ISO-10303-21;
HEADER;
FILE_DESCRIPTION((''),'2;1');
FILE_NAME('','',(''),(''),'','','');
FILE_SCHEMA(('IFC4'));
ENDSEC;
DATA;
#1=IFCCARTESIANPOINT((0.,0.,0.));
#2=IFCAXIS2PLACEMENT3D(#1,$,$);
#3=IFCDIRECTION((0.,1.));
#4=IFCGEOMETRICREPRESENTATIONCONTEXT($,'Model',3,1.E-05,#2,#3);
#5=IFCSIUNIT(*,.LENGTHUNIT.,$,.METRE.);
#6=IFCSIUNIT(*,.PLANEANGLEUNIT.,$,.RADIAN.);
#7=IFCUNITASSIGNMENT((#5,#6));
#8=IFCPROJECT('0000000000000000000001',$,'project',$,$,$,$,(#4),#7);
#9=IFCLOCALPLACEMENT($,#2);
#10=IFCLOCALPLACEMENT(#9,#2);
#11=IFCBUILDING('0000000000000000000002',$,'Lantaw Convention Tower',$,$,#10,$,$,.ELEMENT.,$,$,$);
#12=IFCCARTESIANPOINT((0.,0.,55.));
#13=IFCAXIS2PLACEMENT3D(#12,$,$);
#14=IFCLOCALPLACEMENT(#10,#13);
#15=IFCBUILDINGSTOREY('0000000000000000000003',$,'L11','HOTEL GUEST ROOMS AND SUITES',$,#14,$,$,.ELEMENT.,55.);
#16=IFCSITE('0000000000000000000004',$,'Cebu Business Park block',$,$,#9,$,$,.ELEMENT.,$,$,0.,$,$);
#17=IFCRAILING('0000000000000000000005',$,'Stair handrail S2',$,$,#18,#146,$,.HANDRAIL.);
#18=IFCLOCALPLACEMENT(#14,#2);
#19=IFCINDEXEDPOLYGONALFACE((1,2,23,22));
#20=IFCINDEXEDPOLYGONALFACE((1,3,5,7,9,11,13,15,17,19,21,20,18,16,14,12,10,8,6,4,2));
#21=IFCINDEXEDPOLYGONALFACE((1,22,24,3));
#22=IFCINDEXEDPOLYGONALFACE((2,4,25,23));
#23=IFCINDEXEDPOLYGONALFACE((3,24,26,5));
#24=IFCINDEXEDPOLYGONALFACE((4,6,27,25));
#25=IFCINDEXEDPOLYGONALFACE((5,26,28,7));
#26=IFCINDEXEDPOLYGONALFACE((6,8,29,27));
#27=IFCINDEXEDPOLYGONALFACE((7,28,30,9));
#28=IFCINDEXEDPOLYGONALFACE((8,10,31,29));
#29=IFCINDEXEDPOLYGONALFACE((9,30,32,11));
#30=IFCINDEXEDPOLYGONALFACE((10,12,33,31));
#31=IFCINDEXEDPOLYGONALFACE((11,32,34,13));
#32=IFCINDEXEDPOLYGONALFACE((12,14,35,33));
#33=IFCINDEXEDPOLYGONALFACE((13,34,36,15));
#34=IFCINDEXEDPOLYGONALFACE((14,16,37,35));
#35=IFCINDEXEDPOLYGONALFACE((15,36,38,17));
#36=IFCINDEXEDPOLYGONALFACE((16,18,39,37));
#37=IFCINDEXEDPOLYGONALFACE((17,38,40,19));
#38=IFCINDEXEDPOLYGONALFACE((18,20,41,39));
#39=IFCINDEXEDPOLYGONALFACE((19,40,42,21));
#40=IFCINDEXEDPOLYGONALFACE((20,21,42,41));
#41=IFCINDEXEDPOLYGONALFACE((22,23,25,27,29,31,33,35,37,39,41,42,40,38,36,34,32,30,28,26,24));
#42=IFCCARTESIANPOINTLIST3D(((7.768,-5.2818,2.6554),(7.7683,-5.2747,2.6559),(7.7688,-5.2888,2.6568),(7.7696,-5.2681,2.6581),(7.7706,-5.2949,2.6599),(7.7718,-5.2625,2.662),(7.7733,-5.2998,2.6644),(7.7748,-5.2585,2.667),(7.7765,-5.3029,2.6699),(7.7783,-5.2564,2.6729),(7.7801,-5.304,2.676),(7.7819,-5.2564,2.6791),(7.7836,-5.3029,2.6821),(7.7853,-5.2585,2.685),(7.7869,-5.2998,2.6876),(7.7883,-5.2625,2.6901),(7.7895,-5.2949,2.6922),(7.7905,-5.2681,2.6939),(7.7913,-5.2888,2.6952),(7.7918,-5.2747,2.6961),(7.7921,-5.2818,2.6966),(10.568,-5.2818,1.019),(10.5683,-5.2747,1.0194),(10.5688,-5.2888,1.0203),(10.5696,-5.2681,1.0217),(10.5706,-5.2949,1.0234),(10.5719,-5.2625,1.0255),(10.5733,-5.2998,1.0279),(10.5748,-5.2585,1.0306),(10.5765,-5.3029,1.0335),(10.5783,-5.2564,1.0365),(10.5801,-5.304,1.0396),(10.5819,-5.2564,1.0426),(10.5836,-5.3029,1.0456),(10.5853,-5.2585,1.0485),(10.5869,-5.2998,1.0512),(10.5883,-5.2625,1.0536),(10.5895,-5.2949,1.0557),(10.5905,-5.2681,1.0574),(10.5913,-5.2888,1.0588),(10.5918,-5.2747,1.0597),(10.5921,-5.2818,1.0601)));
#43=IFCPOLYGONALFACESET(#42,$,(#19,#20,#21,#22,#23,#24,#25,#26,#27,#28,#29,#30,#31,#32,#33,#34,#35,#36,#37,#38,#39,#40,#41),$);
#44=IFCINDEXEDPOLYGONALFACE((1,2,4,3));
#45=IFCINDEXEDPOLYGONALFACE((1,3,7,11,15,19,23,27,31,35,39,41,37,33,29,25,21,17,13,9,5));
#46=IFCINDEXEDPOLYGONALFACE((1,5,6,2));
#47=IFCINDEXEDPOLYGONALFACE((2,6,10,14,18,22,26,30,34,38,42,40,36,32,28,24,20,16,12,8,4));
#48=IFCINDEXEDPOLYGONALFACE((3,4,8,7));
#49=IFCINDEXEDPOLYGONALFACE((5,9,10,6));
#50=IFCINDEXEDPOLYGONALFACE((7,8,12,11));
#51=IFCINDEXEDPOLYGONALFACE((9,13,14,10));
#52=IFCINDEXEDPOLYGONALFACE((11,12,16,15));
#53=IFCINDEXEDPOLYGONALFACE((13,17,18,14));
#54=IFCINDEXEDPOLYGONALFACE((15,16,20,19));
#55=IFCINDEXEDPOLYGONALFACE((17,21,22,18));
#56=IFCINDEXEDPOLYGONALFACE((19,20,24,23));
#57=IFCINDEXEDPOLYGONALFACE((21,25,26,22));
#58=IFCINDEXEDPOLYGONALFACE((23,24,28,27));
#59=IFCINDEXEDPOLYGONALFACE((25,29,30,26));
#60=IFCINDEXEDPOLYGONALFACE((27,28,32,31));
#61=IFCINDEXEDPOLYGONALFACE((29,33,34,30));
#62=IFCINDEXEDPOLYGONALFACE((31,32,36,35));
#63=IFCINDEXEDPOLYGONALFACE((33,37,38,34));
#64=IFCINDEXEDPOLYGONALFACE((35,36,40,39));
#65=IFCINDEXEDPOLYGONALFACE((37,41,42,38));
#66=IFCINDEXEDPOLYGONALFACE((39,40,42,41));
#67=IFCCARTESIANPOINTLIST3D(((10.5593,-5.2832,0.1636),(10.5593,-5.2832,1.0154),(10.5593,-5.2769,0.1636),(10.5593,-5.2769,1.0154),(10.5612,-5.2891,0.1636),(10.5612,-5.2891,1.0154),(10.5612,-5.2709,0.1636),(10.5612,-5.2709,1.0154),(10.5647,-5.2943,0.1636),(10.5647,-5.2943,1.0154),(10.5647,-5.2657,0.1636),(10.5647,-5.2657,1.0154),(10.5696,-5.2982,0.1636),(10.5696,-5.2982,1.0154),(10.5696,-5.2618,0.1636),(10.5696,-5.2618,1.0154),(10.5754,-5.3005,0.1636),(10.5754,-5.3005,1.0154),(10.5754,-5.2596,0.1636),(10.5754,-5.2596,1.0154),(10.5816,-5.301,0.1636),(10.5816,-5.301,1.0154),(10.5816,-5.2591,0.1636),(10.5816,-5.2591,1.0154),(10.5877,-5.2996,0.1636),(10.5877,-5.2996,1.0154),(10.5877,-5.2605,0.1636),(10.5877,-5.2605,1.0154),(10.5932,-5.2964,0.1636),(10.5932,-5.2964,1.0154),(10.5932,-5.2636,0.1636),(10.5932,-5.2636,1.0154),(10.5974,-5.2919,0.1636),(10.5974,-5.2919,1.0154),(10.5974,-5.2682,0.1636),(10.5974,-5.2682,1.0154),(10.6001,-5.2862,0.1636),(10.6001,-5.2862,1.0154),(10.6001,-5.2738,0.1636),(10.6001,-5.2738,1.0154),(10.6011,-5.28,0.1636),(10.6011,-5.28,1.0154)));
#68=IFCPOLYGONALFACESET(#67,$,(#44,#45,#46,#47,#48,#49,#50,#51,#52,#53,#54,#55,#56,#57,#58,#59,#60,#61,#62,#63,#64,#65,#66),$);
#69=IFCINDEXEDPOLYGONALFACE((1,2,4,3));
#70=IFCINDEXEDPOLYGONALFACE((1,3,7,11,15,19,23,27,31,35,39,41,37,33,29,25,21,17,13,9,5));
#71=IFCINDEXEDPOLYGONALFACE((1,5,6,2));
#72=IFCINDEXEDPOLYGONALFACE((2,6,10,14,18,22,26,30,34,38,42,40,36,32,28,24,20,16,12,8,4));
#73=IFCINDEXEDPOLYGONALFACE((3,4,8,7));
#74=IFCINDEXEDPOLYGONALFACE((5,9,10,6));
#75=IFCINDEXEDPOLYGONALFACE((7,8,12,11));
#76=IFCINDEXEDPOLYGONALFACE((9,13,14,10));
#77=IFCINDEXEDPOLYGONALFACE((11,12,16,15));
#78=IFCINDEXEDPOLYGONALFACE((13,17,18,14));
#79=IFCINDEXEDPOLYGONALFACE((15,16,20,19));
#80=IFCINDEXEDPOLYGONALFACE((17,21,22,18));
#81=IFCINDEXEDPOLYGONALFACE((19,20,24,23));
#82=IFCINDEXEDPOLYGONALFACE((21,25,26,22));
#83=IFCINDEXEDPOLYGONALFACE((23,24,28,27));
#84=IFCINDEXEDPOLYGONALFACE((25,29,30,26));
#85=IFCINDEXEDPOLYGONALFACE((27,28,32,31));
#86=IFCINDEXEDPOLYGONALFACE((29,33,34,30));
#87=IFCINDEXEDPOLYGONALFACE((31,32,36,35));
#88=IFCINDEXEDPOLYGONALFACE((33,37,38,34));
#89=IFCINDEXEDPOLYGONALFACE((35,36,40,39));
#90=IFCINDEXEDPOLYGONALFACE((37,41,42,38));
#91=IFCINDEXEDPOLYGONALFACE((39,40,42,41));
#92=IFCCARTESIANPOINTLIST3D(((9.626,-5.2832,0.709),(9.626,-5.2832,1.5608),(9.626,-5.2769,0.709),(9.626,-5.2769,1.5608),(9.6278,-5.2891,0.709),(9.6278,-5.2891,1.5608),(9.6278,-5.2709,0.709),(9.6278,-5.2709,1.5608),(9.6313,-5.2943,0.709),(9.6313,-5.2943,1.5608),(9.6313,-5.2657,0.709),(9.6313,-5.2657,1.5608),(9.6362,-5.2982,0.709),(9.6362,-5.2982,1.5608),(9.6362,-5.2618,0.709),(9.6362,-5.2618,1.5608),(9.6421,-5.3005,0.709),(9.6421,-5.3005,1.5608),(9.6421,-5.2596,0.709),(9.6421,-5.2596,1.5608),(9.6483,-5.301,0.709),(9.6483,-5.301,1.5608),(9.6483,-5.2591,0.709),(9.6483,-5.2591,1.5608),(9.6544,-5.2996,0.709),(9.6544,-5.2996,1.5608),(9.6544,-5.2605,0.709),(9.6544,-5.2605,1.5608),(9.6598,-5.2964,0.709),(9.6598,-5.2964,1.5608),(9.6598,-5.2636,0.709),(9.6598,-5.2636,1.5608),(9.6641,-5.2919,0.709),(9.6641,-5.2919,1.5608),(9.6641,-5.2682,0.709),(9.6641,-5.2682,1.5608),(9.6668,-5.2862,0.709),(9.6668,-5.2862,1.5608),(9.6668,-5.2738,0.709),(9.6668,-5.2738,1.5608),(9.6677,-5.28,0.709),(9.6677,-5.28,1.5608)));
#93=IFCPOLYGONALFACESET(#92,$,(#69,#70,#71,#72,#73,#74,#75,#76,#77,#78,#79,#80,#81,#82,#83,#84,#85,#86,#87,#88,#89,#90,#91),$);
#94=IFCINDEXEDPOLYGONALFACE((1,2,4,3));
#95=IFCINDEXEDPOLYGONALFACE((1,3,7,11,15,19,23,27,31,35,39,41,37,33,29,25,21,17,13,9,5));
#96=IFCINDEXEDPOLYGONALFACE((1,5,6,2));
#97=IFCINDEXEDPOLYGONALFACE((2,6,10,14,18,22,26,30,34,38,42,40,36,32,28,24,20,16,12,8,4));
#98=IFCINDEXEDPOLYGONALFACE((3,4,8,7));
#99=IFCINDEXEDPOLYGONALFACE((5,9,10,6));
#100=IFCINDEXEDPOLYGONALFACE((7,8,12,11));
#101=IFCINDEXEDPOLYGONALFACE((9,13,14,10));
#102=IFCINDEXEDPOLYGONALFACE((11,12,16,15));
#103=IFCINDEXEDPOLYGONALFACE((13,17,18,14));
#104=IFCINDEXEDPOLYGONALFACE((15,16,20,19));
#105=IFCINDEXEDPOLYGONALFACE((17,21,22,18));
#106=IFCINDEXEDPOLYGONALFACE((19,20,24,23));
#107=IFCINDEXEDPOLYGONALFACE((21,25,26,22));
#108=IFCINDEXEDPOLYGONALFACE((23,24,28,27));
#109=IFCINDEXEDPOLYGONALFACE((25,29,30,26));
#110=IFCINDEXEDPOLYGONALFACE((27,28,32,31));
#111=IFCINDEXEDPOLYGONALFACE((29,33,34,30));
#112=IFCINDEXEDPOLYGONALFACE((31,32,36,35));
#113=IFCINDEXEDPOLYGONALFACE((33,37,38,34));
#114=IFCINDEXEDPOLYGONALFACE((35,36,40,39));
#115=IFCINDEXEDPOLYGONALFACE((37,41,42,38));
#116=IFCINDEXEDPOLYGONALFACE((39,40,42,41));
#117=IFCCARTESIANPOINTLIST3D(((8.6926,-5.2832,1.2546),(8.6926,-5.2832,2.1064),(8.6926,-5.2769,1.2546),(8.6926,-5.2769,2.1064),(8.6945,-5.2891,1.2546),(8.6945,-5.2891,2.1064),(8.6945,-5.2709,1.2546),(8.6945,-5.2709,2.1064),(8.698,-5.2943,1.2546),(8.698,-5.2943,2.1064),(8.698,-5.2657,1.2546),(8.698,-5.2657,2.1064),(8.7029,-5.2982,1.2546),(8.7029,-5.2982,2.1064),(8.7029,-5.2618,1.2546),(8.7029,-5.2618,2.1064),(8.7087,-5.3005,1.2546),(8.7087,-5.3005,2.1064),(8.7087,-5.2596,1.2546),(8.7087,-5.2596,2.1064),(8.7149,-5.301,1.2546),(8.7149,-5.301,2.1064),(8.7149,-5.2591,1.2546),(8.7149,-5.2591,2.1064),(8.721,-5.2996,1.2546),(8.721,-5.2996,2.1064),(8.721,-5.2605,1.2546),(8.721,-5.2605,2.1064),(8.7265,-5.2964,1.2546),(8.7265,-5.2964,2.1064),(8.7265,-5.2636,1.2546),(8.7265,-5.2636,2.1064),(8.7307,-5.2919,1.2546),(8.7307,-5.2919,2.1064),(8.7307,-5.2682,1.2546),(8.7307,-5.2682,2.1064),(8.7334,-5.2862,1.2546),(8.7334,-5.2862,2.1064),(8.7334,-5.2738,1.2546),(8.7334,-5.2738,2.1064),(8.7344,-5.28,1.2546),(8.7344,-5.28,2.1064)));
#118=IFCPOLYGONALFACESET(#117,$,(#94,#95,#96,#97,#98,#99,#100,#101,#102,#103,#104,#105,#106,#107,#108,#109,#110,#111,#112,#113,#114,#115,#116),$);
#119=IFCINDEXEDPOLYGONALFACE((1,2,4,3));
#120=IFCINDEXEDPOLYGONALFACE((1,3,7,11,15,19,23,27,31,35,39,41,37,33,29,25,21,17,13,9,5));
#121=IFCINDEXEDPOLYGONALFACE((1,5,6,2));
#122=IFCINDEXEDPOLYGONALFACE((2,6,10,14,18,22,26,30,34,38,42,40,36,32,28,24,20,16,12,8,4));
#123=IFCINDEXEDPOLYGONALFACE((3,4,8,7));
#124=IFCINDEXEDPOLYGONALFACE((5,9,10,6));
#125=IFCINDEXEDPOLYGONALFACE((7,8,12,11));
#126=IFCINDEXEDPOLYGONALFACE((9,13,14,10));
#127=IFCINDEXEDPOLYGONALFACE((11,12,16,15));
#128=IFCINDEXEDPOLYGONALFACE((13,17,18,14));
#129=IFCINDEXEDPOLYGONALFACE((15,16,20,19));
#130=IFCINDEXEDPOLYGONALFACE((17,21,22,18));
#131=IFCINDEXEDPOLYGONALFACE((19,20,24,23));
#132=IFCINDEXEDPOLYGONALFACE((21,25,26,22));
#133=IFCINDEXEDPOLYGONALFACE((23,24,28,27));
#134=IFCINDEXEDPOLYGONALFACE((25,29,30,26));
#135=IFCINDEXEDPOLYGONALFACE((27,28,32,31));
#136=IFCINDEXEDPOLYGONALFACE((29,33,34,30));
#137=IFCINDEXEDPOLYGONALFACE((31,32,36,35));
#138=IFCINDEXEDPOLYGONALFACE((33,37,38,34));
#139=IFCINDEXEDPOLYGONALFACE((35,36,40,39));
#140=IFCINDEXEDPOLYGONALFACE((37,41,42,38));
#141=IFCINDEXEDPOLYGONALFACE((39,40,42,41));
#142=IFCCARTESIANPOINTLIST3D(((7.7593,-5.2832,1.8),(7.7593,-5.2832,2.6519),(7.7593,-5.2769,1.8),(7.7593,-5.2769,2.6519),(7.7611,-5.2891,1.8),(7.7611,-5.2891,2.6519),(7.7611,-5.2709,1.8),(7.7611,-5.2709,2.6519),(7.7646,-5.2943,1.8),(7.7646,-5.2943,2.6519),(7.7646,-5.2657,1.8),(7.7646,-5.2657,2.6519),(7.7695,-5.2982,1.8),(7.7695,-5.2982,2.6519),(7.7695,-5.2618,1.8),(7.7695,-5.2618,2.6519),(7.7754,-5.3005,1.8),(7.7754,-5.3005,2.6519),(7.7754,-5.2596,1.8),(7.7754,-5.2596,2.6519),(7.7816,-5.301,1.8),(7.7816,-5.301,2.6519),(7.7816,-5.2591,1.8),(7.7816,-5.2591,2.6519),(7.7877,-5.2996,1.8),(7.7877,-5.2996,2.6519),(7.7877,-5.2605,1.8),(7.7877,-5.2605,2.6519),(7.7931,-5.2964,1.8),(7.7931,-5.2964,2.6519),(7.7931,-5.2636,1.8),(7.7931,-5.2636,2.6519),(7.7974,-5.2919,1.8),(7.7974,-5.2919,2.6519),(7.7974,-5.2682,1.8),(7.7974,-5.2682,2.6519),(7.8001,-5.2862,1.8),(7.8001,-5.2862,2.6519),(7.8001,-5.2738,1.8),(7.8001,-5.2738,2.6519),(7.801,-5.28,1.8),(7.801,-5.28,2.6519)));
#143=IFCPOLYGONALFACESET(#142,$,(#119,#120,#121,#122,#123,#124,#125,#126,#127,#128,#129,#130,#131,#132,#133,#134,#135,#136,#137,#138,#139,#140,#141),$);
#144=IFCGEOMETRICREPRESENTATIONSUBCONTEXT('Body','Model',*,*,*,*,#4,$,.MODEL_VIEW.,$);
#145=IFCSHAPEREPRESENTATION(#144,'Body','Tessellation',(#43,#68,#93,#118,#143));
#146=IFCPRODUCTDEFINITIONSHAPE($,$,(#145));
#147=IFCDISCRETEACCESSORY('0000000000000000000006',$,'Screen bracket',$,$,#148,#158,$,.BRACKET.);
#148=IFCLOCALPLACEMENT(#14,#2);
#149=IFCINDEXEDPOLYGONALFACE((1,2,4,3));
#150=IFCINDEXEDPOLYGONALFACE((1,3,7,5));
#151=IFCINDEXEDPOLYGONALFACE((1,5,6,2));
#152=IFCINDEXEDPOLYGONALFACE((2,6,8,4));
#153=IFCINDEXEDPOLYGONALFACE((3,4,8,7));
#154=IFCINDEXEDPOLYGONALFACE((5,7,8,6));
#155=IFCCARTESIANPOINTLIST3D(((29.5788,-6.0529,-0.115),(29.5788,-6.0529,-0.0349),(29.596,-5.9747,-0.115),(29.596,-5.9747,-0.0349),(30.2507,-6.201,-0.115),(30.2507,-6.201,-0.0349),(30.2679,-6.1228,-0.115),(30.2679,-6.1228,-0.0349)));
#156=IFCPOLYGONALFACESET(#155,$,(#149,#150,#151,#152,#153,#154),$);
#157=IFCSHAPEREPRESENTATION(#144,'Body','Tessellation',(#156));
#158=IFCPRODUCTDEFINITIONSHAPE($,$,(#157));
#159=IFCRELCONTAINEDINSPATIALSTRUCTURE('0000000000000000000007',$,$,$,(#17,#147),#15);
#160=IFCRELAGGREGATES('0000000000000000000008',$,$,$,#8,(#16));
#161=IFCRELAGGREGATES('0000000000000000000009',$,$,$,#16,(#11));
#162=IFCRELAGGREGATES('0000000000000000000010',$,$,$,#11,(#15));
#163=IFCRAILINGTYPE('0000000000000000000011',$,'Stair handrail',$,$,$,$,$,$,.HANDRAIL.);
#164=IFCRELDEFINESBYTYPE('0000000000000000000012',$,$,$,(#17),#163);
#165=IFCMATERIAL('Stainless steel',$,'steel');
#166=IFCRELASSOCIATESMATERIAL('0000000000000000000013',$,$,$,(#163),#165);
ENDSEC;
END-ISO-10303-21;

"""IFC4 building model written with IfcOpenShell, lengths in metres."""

from ifc_helpers import new_model, si_unit, direction, frame, origin, origin_2d, place, context, subcontext, project, spatial, rectangle, circle, extrude, material, type_object, element, save


model = new_model("IFC4")

# Units and contexts
model_context = context("Model", 3, precision=1e-05, world=origin(), true_north=direction((0.0, 1.0)))
body_context = subcontext(model_context, "Body", "Model", "MODEL_VIEW")
ifc_project = project(units=[si_unit("LENGTHUNIT", "METRE"), si_unit("PLANEANGLEUNIT", "RADIAN")], contexts=[model_context])

# Site, building, storey
site_placement = place(None, origin())
site = spatial("IfcSite", under=ifc_project, at=site_placement, Name="Cebu Business Park block", CompositionType="ELEMENT", RefElevation=0.0)
building_placement = place(site_placement, origin())
building = spatial("IfcBuilding", under=site, at=building_placement, Name="Lantaw Convention Tower", CompositionType="ELEMENT")
storey_placement = place(building_placement, frame((0.0, 0.0, 55.0)))
storey = spatial("IfcBuildingStorey", under=building, at=storey_placement, Name="L11", Description="HOTEL GUEST ROOMS AND SUITES", CompositionType="ELEMENT", Elevation=55.0)

# Railing
ifc_material_1 = material(Name="Stainless steel", Category="steel")
railing_type = type_object("IfcRailingType", Name="Stair handrail", PredefinedType="HANDRAIL", material=ifc_material_1)
railing_placement = place(storey_placement, frame((10.5801, -5.28, 0.1636)))
element("IfcRailing", 1, at=railing_placement, inside=storey, type_object=railing_type, Name="Stair handrail S2", PredefinedType="HANDRAIL", context=body_context, shape_type="SweptSolid", body=[
    extrude(circle(Radius=0.0239, at=origin_2d()), frame((0.0, 0.0, 0.876), z_axis=(-0.863361, 0.0, 0.504587), x_axis=(0.0, -1.0, 0.0)), (0.0, 0.0, 1.0), 3.2432),
    extrude(circle(Radius=0.021, at=origin_2d()), origin(), (0.0, 0.0, 1.0), 0.8518),
    extrude(circle(Radius=0.021, at=origin_2d()), frame((-0.9333, 0.0, 0.5454)), (0.0, 0.0, 1.0), 0.8518),
    extrude(circle(Radius=0.021, at=origin_2d()), frame((-1.8667, 0.0, 1.0911)), (0.0, 0.0, 1.0), 0.8518),
    extrude(circle(Radius=0.021, at=origin_2d()), frame((-2.8, 0.0, 1.6365)), (0.0, 0.0, 1.0), 0.8518),
])

# Discrete accessory
discrete_accessory_placement = place(storey_placement, frame((29.9233, -6.0879, -0.115), z_axis=(0.0, 0.0, 1.0), x_axis=(0.215246, 0.97656, 0.0)))
element("IfcDiscreteAccessory", 2, at=discrete_accessory_placement, inside=storey, Name="Screen bracket", PredefinedType="BRACKET", context=body_context, shape_type="SweptSolid", body=[
    extrude(rectangle(XDim=0.0801, YDim=0.688, at=origin_2d()), origin(), (0.0, 0.0, 1.0), 0.0801),
])

save(model, "model.ifc")
